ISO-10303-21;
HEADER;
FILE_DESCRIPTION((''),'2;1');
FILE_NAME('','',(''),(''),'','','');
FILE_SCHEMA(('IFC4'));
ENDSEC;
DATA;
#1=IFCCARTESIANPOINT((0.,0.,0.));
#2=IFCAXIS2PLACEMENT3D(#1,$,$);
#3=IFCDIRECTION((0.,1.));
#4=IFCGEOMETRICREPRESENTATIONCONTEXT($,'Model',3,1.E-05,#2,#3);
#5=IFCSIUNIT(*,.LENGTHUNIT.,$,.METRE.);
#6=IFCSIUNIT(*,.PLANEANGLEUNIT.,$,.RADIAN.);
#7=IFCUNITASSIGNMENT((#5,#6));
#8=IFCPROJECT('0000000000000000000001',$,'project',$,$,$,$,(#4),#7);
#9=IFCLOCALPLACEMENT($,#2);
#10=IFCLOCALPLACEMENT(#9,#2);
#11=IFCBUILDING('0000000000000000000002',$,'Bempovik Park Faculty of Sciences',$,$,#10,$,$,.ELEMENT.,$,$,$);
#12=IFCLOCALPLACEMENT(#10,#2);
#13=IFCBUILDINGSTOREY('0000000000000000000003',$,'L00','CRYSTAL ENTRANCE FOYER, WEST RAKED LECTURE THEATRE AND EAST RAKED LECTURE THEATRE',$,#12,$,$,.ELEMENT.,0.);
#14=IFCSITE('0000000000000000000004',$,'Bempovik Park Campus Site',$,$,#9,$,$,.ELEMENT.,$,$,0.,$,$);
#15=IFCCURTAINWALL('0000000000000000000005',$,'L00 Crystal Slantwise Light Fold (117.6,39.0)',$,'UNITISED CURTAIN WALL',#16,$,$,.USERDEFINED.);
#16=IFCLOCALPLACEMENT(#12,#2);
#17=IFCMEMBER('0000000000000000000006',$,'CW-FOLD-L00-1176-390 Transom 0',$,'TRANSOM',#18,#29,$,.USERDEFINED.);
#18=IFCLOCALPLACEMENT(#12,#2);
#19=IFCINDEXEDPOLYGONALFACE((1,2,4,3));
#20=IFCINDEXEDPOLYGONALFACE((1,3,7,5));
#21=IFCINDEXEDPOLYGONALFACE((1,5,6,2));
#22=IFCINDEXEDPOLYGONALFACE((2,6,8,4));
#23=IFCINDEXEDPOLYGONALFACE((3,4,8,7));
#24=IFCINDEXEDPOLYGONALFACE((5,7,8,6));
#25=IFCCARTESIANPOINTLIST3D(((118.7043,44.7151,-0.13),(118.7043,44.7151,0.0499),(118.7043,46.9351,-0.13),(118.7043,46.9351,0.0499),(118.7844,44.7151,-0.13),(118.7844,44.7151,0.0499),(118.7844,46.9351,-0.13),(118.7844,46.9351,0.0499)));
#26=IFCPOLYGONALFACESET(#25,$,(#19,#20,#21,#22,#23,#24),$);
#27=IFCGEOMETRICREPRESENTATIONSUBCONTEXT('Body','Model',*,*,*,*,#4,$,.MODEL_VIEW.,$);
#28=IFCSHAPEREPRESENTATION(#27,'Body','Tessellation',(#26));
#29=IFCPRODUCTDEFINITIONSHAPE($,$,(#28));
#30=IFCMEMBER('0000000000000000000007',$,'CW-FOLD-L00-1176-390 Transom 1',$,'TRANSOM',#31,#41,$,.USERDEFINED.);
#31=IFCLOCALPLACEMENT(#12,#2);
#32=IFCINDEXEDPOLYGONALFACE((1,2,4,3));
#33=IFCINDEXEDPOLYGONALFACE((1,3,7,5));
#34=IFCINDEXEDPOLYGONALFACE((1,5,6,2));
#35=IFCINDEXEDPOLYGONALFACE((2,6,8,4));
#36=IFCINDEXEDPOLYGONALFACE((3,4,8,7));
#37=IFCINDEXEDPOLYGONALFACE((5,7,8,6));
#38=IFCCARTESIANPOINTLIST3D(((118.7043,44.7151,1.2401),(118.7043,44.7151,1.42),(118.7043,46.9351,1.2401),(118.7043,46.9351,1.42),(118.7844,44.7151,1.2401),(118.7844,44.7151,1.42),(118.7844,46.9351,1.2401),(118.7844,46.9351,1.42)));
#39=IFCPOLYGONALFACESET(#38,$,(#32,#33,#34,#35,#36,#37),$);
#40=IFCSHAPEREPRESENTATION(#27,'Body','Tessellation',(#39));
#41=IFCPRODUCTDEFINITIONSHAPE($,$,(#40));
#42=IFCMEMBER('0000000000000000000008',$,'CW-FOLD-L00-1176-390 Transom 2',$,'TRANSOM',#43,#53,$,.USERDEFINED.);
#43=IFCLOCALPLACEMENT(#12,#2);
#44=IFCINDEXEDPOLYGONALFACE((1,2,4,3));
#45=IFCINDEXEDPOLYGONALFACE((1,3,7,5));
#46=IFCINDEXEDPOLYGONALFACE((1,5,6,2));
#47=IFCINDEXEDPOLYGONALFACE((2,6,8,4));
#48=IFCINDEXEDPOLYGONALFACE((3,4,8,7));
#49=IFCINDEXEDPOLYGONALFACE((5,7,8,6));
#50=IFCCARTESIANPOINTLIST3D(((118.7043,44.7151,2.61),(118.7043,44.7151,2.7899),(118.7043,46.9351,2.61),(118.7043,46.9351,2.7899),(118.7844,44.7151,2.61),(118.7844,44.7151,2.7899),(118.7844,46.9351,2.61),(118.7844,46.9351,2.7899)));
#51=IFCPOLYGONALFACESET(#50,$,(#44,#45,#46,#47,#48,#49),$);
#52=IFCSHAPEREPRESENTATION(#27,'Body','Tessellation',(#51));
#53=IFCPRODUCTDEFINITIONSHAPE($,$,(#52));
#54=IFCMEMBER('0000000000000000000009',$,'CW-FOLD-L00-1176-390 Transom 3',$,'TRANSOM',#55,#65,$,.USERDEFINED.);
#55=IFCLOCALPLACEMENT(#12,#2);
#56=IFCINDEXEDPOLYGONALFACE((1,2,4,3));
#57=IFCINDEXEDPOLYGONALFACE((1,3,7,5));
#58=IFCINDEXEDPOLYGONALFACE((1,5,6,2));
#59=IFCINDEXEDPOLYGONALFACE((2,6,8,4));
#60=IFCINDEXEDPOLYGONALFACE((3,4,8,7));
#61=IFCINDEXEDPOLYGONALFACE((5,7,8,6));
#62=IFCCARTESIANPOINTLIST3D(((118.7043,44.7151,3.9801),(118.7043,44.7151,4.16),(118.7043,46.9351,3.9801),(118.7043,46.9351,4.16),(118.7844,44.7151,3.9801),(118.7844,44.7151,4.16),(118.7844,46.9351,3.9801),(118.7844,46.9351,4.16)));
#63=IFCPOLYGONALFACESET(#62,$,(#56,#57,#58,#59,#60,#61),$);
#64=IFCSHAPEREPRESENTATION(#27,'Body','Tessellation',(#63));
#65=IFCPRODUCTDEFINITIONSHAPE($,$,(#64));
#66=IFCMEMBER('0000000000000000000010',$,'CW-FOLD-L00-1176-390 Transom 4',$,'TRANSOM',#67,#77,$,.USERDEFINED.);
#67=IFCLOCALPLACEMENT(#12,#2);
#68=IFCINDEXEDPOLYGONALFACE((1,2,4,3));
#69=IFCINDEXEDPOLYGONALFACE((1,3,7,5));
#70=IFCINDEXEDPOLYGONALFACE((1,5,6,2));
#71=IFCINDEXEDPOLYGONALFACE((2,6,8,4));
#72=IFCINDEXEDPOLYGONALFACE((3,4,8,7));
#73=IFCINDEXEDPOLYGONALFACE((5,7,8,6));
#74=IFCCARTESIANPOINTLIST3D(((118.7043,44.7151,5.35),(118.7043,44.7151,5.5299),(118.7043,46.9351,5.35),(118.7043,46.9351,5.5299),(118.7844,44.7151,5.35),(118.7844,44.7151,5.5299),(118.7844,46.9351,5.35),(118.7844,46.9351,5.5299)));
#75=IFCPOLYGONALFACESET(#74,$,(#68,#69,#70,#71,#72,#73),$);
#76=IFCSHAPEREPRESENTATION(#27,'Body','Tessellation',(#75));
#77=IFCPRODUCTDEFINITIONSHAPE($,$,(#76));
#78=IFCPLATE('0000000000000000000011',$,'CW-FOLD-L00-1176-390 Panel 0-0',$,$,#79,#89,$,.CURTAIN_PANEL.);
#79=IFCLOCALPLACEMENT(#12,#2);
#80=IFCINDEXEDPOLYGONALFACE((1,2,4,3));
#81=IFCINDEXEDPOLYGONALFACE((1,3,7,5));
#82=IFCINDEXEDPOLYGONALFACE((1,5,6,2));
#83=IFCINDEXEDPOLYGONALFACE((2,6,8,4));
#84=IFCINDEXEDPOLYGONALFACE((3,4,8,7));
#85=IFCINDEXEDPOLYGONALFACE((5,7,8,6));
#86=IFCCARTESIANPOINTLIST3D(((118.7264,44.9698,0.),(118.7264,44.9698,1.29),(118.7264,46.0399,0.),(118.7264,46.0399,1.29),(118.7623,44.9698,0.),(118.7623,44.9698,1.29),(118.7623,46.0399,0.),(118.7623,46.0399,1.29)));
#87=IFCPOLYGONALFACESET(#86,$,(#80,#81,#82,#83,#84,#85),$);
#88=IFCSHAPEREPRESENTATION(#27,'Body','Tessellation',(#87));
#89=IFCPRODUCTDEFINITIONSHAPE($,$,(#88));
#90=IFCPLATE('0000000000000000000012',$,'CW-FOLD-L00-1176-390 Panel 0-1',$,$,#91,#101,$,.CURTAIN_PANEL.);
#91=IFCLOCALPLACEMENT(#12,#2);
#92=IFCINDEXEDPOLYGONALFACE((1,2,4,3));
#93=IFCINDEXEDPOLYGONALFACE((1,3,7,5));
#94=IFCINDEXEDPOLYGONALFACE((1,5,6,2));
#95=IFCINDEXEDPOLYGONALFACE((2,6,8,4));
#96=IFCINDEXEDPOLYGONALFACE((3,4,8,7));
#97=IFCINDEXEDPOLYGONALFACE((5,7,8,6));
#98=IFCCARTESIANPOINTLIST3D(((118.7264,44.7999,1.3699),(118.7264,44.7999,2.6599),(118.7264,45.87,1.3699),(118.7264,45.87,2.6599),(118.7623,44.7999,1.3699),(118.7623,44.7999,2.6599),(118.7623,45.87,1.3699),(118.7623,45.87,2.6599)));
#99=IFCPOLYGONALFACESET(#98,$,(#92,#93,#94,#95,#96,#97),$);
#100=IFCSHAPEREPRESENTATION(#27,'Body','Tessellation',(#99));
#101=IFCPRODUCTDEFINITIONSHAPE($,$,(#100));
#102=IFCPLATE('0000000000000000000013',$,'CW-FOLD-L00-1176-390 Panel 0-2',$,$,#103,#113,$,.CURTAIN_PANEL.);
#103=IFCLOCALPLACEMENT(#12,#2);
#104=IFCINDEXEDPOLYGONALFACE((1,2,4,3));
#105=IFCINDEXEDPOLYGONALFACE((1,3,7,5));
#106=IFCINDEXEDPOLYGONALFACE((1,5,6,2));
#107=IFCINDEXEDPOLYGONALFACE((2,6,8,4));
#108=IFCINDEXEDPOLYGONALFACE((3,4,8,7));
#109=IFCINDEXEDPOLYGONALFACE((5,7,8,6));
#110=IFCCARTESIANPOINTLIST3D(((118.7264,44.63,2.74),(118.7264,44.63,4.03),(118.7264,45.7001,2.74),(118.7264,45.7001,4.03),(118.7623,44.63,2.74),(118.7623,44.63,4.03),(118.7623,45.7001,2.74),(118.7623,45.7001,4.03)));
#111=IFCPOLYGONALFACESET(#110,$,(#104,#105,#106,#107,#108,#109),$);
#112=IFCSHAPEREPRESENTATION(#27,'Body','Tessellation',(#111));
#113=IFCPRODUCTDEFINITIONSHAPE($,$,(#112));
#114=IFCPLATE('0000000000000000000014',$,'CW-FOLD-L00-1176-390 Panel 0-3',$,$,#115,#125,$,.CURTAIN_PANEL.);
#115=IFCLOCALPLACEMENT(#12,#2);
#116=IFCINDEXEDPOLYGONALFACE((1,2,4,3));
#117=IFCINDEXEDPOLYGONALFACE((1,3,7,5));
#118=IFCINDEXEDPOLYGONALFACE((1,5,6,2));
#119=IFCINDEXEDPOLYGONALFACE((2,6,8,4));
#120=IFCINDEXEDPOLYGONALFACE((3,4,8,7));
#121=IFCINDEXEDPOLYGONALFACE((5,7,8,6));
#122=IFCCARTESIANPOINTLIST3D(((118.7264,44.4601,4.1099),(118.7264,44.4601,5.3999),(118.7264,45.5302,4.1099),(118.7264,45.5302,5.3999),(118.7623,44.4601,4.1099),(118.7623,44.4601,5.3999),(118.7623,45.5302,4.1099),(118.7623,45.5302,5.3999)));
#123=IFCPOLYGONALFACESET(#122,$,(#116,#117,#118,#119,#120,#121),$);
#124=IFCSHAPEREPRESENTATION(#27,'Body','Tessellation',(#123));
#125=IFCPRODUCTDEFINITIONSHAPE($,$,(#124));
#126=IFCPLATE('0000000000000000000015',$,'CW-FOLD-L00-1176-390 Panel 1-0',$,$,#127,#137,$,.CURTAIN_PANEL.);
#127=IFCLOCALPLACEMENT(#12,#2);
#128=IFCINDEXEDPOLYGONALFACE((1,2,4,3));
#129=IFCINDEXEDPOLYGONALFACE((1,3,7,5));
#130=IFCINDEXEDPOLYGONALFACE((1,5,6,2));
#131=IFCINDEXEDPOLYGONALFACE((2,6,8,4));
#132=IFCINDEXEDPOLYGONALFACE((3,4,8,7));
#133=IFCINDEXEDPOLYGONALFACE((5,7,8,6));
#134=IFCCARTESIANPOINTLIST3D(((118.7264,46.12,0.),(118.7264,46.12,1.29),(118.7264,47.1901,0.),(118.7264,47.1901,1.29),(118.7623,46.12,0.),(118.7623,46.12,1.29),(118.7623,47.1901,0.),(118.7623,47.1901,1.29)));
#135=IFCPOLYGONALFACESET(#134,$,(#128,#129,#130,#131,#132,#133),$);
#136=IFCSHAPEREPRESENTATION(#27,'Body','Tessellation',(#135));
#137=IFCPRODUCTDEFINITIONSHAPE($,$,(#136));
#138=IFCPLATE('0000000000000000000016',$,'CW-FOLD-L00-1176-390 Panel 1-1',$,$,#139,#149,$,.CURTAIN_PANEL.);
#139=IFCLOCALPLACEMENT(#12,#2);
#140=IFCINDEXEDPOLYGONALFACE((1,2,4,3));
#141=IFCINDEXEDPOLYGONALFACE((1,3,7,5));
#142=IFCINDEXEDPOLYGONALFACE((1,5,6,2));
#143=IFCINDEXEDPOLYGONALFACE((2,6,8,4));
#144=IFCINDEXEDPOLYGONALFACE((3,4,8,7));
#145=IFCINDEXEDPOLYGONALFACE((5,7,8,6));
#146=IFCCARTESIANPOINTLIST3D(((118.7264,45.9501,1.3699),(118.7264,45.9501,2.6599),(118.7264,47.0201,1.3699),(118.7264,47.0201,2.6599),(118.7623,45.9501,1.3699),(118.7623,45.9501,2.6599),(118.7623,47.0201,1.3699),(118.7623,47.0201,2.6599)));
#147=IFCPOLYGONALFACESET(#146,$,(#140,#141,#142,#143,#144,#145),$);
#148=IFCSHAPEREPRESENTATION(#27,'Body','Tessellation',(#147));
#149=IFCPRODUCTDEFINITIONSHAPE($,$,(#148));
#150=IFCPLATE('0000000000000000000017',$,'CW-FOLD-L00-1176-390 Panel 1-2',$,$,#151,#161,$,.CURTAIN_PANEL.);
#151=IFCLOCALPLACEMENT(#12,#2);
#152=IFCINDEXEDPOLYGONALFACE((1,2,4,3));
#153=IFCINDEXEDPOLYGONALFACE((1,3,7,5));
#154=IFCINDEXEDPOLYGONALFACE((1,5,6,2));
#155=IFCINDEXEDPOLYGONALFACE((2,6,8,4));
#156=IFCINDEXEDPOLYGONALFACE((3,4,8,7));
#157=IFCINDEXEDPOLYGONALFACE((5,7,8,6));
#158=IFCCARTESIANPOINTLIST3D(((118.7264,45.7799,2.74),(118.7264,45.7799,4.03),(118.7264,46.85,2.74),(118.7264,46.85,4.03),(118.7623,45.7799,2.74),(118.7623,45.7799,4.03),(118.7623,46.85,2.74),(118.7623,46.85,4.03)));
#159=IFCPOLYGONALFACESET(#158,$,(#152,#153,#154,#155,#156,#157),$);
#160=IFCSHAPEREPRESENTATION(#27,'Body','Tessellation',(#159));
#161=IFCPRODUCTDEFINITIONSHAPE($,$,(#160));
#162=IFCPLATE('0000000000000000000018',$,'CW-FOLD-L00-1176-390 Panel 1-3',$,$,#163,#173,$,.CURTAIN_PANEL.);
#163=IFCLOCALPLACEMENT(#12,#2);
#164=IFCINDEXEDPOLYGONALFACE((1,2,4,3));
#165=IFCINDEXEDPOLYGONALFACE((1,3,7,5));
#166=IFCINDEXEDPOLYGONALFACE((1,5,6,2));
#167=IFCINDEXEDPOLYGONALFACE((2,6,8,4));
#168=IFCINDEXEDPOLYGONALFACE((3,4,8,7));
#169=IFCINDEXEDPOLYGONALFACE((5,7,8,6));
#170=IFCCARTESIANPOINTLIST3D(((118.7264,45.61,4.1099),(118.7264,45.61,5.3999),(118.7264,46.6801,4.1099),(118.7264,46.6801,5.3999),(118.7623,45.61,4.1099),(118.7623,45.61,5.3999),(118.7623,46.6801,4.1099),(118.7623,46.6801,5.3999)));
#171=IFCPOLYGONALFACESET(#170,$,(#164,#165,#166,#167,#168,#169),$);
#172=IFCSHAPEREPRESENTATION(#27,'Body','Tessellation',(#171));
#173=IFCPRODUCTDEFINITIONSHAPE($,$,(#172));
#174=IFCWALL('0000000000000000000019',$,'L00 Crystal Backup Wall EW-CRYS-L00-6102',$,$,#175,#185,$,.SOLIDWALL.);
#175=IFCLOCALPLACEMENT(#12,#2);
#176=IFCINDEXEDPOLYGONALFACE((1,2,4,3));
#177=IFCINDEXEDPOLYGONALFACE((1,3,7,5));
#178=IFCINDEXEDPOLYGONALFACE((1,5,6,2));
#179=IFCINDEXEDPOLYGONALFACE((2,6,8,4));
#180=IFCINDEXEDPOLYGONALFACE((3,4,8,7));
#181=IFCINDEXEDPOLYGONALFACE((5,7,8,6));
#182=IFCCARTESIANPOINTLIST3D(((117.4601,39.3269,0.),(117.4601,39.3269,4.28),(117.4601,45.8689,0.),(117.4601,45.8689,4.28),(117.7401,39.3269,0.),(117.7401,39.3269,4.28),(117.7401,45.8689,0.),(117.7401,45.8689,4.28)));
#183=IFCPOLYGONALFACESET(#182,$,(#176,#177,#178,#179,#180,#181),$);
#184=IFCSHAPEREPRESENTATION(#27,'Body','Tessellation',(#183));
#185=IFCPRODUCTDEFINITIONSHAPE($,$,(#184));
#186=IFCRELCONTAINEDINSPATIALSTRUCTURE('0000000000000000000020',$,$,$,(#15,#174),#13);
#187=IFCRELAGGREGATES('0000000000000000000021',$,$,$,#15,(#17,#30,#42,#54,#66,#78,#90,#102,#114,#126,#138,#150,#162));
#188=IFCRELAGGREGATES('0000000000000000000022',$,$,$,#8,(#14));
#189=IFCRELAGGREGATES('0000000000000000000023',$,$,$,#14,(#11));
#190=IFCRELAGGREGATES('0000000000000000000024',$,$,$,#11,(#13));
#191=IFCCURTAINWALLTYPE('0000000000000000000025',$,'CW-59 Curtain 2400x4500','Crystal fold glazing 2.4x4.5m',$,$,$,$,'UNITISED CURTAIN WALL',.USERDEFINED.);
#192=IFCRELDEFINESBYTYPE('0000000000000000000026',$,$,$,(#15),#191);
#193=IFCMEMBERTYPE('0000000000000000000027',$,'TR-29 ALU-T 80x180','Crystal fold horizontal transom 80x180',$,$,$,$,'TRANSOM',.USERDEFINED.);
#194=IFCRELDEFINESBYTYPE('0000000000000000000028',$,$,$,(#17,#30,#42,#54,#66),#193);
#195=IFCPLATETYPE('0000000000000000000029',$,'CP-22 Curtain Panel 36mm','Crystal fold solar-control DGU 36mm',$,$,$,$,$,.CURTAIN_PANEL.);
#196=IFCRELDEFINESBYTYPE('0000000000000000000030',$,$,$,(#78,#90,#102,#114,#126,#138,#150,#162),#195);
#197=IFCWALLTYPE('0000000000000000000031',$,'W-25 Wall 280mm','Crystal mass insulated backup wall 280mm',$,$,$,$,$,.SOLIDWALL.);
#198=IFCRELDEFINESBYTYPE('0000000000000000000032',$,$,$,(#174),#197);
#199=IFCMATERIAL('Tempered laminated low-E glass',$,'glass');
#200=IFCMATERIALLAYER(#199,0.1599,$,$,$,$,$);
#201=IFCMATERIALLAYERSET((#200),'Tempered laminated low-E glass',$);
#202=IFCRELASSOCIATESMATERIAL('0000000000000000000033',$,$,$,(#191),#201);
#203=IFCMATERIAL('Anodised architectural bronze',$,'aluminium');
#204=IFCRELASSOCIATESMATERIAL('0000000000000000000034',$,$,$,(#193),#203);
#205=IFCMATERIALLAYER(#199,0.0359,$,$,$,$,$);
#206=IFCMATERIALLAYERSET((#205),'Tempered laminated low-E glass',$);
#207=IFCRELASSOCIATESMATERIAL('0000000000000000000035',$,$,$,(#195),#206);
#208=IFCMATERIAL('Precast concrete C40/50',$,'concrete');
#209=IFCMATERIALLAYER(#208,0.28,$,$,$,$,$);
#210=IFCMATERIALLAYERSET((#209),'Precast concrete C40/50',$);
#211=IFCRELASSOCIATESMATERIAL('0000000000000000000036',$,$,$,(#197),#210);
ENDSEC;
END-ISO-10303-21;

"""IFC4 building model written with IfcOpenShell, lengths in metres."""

from ifc_helpers import new_model, si_unit, direction, frame, frame_2d, origin, origin_2d, place, context, subcontext, project, spatial, rectangle, extrude, material, layer, layer_set, material_profile, profile_set, type_object, element, aggregate, save


model = new_model("IFC4")

# Units and contexts
model_context = context("Model", 3, precision=1e-05, world=origin(), true_north=direction((0.0, 1.0)))
body_context = subcontext(model_context, "Body", "Model", "MODEL_VIEW")
ifc_project = project(units=[si_unit("LENGTHUNIT", "METRE"), si_unit("PLANEANGLEUNIT", "RADIAN")], contexts=[model_context])

# Site, building, storey
site_placement = place(None, origin())
site = spatial("IfcSite", under=ifc_project, at=site_placement, Name="Bempovik Park Campus Site", CompositionType="ELEMENT", RefElevation=0.0)
building_placement = place(site_placement, origin())
building = spatial("IfcBuilding", under=site, at=building_placement, Name="Bempovik Park Faculty of Sciences", CompositionType="ELEMENT")
storey_placement = place(building_placement, origin())
storey = spatial("IfcBuildingStorey", under=building, at=storey_placement, Name="L00", Description="CRYSTAL ENTRANCE FOYER, WEST RAKED LECTURE THEATRE AND EAST RAKED LECTURE THEATRE", CompositionType="ELEMENT", Elevation=0.0)

# Shared definitions
ifc_material_1 = material(Name="Tempered laminated low-E glass", Category="glass")
ifc_material_2 = material(Name="Anodised architectural bronze", Category="aluminium")

# Curtain wall, members, plates
ifc_layer_1 = layer(ifc_material_1, 0.1599)
ifc_layer_set_1 = layer_set([ifc_layer_1], Name="Tempered laminated low-E glass")
curtain_wall_type_1 = type_object("IfcCurtainWallType", Name="CW-59 Curtain 2400x4500", Description="Crystal fold glazing 2.4x4.5m", ElementType="UNITISED CURTAIN WALL", PredefinedType="USERDEFINED", material=ifc_layer_set_1)
curtain_wall_1_placement = place(storey_placement, origin())
curtain_wall_1 = element("IfcCurtainWall", 1, at=curtain_wall_1_placement, inside=storey, type_object=curtain_wall_type_1, Name="L00 Crystal Slantwise Light Fold (117.6,39.0)", ObjectType="UNITISED CURTAIN WALL", PredefinedType="USERDEFINED")
ifc_material_profile_1 = material_profile(ifc_material_2, rectangle(XDim=0.0801, YDim=0.1799, at=origin_2d()), Name="ALU-T 80x180")
ifc_profile_set_1 = profile_set([ifc_material_profile_1], Name="Anodised architectural bronze")
member_type_1 = type_object("IfcMemberType", Name="TR-29 ALU-T 80x180", Description="Crystal fold horizontal transom 80x180", ElementType="TRANSOM", PredefinedType="USERDEFINED", material=ifc_profile_set_1)
member_1_placement = place(storey_placement, frame((118.7444, 44.7151, -0.04), z_axis=(0.0, 1.0, 0.0), x_axis=(-1.0, 0.0, 0.0)))
member_1 = element("IfcMember", 2, at=member_1_placement, type_object=member_type_1, Name="CW-FOLD-L00-1176-390 Transom 0", ObjectType="TRANSOM", PredefinedType="USERDEFINED", context=body_context, shape_type="SweptSolid", body=[
    extrude(rectangle(XDim=0.0801, YDim=0.1799, at=origin_2d()), origin(), (0.0, 0.0, 1.0), 2.22),
])
member_2_placement = place(storey_placement, frame((118.7444, 44.7151, 1.3301), z_axis=(0.0, 1.0, 0.0), x_axis=(-1.0, 0.0, 0.0)))
member_2 = element("IfcMember", 3, at=member_2_placement, type_object=member_type_1, Name="CW-FOLD-L00-1176-390 Transom 1", ObjectType="TRANSOM", PredefinedType="USERDEFINED", context=body_context, shape_type="SweptSolid", body=[
    extrude(rectangle(XDim=0.0801, YDim=0.1799, at=origin_2d()), origin(), (0.0, 0.0, 1.0), 2.22),
])
member_3_placement = place(storey_placement, frame((118.7444, 44.7151, 2.7), z_axis=(0.0, 1.0, 0.0), x_axis=(-1.0, 0.0, 0.0)))
member_3 = element("IfcMember", 4, at=member_3_placement, type_object=member_type_1, Name="CW-FOLD-L00-1176-390 Transom 2", ObjectType="TRANSOM", PredefinedType="USERDEFINED", context=body_context, shape_type="SweptSolid", body=[
    extrude(rectangle(XDim=0.0801, YDim=0.1799, at=origin_2d()), origin(), (0.0, 0.0, 1.0), 2.22),
])
member_4_placement = place(storey_placement, frame((118.7444, 44.7151, 4.0701), z_axis=(0.0, 1.0, 0.0), x_axis=(-1.0, 0.0, 0.0)))
member_4 = element("IfcMember", 5, at=member_4_placement, type_object=member_type_1, Name="CW-FOLD-L00-1176-390 Transom 3", ObjectType="TRANSOM", PredefinedType="USERDEFINED", context=body_context, shape_type="SweptSolid", body=[
    extrude(rectangle(XDim=0.0801, YDim=0.1799, at=origin_2d()), origin(), (0.0, 0.0, 1.0), 2.22),
])
member_5_placement = place(storey_placement, frame((118.7444, 44.7151, 5.4399), z_axis=(0.0, 1.0, 0.0), x_axis=(-1.0, 0.0, 0.0)))
member_5 = element("IfcMember", 6, at=member_5_placement, type_object=member_type_1, Name="CW-FOLD-L00-1176-390 Transom 4", ObjectType="TRANSOM", PredefinedType="USERDEFINED", context=body_context, shape_type="SweptSolid", body=[
    extrude(rectangle(XDim=0.0801, YDim=0.1799, at=origin_2d()), origin(), (0.0, 0.0, 1.0), 2.22),
])
ifc_layer_2 = layer(ifc_material_1, 0.0359)
ifc_layer_set_2 = layer_set([ifc_layer_2], Name="Tempered laminated low-E glass")
plate_type = type_object("IfcPlateType", Name="CP-22 Curtain Panel 36mm", Description="Crystal fold solar-control DGU 36mm", PredefinedType="CURTAIN_PANEL", material=ifc_layer_set_2)
plate_1_placement = place(storey_placement, frame((118.7444, 45.5049, 0.0), z_axis=(0.0, 0.0, 1.0), x_axis=(0.0, 1.0, 0.0)))
plate_1 = element("IfcPlate", 7, at=plate_1_placement, type_object=plate_type, Name="CW-FOLD-L00-1176-390 Panel 0-0", PredefinedType="CURTAIN_PANEL", context=body_context, shape_type="SweptSolid", body=[
    extrude(rectangle(XDim=1.0701, YDim=0.0359, at=origin_2d()), origin(), (0.0, 0.0, 1.0), 1.29),
])
plate_2_placement = place(storey_placement, frame((118.7444, 45.335, 1.3699), z_axis=(0.0, 0.0, 1.0), x_axis=(0.0, 1.0, 0.0)))
plate_2 = element("IfcPlate", 8, at=plate_2_placement, type_object=plate_type, Name="CW-FOLD-L00-1176-390 Panel 0-1", PredefinedType="CURTAIN_PANEL", context=body_context, shape_type="SweptSolid", body=[
    extrude(rectangle(XDim=1.0701, YDim=0.0359, at=origin_2d()), origin(), (0.0, 0.0, 1.0), 1.29),
])
plate_3_placement = place(storey_placement, frame((118.7444, 45.165, 2.74), z_axis=(0.0, 0.0, 1.0), x_axis=(0.0, 1.0, 0.0)))
plate_3 = element("IfcPlate", 9, at=plate_3_placement, type_object=plate_type, Name="CW-FOLD-L00-1176-390 Panel 0-2", PredefinedType="CURTAIN_PANEL", context=body_context, shape_type="SweptSolid", body=[
    extrude(rectangle(XDim=1.0701, YDim=0.0359, at=origin_2d()), origin(), (0.0, 0.0, 1.0), 1.29),
])
plate_4_placement = place(storey_placement, frame((118.7444, 44.9951, 4.1099), z_axis=(0.0, 0.0, 1.0), x_axis=(0.0, 1.0, 0.0)))
plate_4 = element("IfcPlate", 10, at=plate_4_placement, type_object=plate_type, Name="CW-FOLD-L00-1176-390 Panel 0-3", PredefinedType="CURTAIN_PANEL", context=body_context, shape_type="SweptSolid", body=[
    extrude(rectangle(XDim=1.0701, YDim=0.0359, at=origin_2d()), origin(), (0.0, 0.0, 1.0), 1.29),
])
plate_5_placement = place(storey_placement, frame((118.7444, 46.655, 0.0), z_axis=(0.0, 0.0, 1.0), x_axis=(0.0, 1.0, 0.0)))
plate_5 = element("IfcPlate", 11, at=plate_5_placement, type_object=plate_type, Name="CW-FOLD-L00-1176-390 Panel 1-0", PredefinedType="CURTAIN_PANEL", context=body_context, shape_type="SweptSolid", body=[
    extrude(rectangle(XDim=1.0701, YDim=0.0359, at=origin_2d()), origin(), (0.0, 0.0, 1.0), 1.29),
])
plate_6_placement = place(storey_placement, frame((118.7444, 46.4851, 1.3699), z_axis=(0.0, 0.0, 1.0), x_axis=(0.0, 1.0, 0.0)))
plate_6 = element("IfcPlate", 12, at=plate_6_placement, type_object=plate_type, Name="CW-FOLD-L00-1176-390 Panel 1-1", PredefinedType="CURTAIN_PANEL", context=body_context, shape_type="SweptSolid", body=[
    extrude(rectangle(XDim=1.0701, YDim=0.0359, at=origin_2d()), origin(), (0.0, 0.0, 1.0), 1.29),
])
plate_7_placement = place(storey_placement, frame((118.7444, 46.3149, 2.74), z_axis=(0.0, 0.0, 1.0), x_axis=(0.0, 1.0, 0.0)))
plate_7 = element("IfcPlate", 13, at=plate_7_placement, type_object=plate_type, Name="CW-FOLD-L00-1176-390 Panel 1-2", PredefinedType="CURTAIN_PANEL", context=body_context, shape_type="SweptSolid", body=[
    extrude(rectangle(XDim=1.0701, YDim=0.0359, at=origin_2d()), origin(), (0.0, 0.0, 1.0), 1.29),
])
plate_8_placement = place(storey_placement, frame((118.7444, 46.145, 4.1099), z_axis=(0.0, 0.0, 1.0), x_axis=(0.0, 1.0, 0.0)))
plate_8 = element("IfcPlate", 14, at=plate_8_placement, type_object=plate_type, Name="CW-FOLD-L00-1176-390 Panel 1-3", PredefinedType="CURTAIN_PANEL", context=body_context, shape_type="SweptSolid", body=[
    extrude(rectangle(XDim=1.0701, YDim=0.0359, at=origin_2d()), origin(), (0.0, 0.0, 1.0), 1.29),
])
aggregate(curtain_wall_1, [member_1, member_2, member_3, member_4, member_5, plate_1, plate_2, plate_3, plate_4, plate_5, plate_6, plate_7, plate_8])

# Wall
ifc_material_3 = material(Name="Precast concrete C40/50", Category="concrete")
ifc_layer_3 = layer(ifc_material_3, 0.28)
ifc_layer_set_3 = layer_set([ifc_layer_3], Name="Precast concrete C40/50")
wall_type = type_object("IfcWallType", Name="W-25 Wall 280mm", Description="Crystal mass insulated backup wall 280mm", PredefinedType="SOLIDWALL", material=ifc_layer_set_3)
wall_placement = place(storey_placement, frame((117.6001, 39.3269, 0.0), z_axis=(0.0, 0.0, 1.0), x_axis=(0.0, 1.0, 0.0)))
element("IfcWall", 15, at=wall_placement, inside=storey, type_object=wall_type, Name="L00 Crystal Backup Wall EW-CRYS-L00-6102", PredefinedType="SOLIDWALL", context=body_context, shape_type="SweptSolid", body=[
    extrude(rectangle(XDim=6.542, YDim=0.28, at=frame_2d((3.271, 0.0))), origin(), (0.0, 0.0, 1.0), 4.28),
])

save(model, "model.ifc")
